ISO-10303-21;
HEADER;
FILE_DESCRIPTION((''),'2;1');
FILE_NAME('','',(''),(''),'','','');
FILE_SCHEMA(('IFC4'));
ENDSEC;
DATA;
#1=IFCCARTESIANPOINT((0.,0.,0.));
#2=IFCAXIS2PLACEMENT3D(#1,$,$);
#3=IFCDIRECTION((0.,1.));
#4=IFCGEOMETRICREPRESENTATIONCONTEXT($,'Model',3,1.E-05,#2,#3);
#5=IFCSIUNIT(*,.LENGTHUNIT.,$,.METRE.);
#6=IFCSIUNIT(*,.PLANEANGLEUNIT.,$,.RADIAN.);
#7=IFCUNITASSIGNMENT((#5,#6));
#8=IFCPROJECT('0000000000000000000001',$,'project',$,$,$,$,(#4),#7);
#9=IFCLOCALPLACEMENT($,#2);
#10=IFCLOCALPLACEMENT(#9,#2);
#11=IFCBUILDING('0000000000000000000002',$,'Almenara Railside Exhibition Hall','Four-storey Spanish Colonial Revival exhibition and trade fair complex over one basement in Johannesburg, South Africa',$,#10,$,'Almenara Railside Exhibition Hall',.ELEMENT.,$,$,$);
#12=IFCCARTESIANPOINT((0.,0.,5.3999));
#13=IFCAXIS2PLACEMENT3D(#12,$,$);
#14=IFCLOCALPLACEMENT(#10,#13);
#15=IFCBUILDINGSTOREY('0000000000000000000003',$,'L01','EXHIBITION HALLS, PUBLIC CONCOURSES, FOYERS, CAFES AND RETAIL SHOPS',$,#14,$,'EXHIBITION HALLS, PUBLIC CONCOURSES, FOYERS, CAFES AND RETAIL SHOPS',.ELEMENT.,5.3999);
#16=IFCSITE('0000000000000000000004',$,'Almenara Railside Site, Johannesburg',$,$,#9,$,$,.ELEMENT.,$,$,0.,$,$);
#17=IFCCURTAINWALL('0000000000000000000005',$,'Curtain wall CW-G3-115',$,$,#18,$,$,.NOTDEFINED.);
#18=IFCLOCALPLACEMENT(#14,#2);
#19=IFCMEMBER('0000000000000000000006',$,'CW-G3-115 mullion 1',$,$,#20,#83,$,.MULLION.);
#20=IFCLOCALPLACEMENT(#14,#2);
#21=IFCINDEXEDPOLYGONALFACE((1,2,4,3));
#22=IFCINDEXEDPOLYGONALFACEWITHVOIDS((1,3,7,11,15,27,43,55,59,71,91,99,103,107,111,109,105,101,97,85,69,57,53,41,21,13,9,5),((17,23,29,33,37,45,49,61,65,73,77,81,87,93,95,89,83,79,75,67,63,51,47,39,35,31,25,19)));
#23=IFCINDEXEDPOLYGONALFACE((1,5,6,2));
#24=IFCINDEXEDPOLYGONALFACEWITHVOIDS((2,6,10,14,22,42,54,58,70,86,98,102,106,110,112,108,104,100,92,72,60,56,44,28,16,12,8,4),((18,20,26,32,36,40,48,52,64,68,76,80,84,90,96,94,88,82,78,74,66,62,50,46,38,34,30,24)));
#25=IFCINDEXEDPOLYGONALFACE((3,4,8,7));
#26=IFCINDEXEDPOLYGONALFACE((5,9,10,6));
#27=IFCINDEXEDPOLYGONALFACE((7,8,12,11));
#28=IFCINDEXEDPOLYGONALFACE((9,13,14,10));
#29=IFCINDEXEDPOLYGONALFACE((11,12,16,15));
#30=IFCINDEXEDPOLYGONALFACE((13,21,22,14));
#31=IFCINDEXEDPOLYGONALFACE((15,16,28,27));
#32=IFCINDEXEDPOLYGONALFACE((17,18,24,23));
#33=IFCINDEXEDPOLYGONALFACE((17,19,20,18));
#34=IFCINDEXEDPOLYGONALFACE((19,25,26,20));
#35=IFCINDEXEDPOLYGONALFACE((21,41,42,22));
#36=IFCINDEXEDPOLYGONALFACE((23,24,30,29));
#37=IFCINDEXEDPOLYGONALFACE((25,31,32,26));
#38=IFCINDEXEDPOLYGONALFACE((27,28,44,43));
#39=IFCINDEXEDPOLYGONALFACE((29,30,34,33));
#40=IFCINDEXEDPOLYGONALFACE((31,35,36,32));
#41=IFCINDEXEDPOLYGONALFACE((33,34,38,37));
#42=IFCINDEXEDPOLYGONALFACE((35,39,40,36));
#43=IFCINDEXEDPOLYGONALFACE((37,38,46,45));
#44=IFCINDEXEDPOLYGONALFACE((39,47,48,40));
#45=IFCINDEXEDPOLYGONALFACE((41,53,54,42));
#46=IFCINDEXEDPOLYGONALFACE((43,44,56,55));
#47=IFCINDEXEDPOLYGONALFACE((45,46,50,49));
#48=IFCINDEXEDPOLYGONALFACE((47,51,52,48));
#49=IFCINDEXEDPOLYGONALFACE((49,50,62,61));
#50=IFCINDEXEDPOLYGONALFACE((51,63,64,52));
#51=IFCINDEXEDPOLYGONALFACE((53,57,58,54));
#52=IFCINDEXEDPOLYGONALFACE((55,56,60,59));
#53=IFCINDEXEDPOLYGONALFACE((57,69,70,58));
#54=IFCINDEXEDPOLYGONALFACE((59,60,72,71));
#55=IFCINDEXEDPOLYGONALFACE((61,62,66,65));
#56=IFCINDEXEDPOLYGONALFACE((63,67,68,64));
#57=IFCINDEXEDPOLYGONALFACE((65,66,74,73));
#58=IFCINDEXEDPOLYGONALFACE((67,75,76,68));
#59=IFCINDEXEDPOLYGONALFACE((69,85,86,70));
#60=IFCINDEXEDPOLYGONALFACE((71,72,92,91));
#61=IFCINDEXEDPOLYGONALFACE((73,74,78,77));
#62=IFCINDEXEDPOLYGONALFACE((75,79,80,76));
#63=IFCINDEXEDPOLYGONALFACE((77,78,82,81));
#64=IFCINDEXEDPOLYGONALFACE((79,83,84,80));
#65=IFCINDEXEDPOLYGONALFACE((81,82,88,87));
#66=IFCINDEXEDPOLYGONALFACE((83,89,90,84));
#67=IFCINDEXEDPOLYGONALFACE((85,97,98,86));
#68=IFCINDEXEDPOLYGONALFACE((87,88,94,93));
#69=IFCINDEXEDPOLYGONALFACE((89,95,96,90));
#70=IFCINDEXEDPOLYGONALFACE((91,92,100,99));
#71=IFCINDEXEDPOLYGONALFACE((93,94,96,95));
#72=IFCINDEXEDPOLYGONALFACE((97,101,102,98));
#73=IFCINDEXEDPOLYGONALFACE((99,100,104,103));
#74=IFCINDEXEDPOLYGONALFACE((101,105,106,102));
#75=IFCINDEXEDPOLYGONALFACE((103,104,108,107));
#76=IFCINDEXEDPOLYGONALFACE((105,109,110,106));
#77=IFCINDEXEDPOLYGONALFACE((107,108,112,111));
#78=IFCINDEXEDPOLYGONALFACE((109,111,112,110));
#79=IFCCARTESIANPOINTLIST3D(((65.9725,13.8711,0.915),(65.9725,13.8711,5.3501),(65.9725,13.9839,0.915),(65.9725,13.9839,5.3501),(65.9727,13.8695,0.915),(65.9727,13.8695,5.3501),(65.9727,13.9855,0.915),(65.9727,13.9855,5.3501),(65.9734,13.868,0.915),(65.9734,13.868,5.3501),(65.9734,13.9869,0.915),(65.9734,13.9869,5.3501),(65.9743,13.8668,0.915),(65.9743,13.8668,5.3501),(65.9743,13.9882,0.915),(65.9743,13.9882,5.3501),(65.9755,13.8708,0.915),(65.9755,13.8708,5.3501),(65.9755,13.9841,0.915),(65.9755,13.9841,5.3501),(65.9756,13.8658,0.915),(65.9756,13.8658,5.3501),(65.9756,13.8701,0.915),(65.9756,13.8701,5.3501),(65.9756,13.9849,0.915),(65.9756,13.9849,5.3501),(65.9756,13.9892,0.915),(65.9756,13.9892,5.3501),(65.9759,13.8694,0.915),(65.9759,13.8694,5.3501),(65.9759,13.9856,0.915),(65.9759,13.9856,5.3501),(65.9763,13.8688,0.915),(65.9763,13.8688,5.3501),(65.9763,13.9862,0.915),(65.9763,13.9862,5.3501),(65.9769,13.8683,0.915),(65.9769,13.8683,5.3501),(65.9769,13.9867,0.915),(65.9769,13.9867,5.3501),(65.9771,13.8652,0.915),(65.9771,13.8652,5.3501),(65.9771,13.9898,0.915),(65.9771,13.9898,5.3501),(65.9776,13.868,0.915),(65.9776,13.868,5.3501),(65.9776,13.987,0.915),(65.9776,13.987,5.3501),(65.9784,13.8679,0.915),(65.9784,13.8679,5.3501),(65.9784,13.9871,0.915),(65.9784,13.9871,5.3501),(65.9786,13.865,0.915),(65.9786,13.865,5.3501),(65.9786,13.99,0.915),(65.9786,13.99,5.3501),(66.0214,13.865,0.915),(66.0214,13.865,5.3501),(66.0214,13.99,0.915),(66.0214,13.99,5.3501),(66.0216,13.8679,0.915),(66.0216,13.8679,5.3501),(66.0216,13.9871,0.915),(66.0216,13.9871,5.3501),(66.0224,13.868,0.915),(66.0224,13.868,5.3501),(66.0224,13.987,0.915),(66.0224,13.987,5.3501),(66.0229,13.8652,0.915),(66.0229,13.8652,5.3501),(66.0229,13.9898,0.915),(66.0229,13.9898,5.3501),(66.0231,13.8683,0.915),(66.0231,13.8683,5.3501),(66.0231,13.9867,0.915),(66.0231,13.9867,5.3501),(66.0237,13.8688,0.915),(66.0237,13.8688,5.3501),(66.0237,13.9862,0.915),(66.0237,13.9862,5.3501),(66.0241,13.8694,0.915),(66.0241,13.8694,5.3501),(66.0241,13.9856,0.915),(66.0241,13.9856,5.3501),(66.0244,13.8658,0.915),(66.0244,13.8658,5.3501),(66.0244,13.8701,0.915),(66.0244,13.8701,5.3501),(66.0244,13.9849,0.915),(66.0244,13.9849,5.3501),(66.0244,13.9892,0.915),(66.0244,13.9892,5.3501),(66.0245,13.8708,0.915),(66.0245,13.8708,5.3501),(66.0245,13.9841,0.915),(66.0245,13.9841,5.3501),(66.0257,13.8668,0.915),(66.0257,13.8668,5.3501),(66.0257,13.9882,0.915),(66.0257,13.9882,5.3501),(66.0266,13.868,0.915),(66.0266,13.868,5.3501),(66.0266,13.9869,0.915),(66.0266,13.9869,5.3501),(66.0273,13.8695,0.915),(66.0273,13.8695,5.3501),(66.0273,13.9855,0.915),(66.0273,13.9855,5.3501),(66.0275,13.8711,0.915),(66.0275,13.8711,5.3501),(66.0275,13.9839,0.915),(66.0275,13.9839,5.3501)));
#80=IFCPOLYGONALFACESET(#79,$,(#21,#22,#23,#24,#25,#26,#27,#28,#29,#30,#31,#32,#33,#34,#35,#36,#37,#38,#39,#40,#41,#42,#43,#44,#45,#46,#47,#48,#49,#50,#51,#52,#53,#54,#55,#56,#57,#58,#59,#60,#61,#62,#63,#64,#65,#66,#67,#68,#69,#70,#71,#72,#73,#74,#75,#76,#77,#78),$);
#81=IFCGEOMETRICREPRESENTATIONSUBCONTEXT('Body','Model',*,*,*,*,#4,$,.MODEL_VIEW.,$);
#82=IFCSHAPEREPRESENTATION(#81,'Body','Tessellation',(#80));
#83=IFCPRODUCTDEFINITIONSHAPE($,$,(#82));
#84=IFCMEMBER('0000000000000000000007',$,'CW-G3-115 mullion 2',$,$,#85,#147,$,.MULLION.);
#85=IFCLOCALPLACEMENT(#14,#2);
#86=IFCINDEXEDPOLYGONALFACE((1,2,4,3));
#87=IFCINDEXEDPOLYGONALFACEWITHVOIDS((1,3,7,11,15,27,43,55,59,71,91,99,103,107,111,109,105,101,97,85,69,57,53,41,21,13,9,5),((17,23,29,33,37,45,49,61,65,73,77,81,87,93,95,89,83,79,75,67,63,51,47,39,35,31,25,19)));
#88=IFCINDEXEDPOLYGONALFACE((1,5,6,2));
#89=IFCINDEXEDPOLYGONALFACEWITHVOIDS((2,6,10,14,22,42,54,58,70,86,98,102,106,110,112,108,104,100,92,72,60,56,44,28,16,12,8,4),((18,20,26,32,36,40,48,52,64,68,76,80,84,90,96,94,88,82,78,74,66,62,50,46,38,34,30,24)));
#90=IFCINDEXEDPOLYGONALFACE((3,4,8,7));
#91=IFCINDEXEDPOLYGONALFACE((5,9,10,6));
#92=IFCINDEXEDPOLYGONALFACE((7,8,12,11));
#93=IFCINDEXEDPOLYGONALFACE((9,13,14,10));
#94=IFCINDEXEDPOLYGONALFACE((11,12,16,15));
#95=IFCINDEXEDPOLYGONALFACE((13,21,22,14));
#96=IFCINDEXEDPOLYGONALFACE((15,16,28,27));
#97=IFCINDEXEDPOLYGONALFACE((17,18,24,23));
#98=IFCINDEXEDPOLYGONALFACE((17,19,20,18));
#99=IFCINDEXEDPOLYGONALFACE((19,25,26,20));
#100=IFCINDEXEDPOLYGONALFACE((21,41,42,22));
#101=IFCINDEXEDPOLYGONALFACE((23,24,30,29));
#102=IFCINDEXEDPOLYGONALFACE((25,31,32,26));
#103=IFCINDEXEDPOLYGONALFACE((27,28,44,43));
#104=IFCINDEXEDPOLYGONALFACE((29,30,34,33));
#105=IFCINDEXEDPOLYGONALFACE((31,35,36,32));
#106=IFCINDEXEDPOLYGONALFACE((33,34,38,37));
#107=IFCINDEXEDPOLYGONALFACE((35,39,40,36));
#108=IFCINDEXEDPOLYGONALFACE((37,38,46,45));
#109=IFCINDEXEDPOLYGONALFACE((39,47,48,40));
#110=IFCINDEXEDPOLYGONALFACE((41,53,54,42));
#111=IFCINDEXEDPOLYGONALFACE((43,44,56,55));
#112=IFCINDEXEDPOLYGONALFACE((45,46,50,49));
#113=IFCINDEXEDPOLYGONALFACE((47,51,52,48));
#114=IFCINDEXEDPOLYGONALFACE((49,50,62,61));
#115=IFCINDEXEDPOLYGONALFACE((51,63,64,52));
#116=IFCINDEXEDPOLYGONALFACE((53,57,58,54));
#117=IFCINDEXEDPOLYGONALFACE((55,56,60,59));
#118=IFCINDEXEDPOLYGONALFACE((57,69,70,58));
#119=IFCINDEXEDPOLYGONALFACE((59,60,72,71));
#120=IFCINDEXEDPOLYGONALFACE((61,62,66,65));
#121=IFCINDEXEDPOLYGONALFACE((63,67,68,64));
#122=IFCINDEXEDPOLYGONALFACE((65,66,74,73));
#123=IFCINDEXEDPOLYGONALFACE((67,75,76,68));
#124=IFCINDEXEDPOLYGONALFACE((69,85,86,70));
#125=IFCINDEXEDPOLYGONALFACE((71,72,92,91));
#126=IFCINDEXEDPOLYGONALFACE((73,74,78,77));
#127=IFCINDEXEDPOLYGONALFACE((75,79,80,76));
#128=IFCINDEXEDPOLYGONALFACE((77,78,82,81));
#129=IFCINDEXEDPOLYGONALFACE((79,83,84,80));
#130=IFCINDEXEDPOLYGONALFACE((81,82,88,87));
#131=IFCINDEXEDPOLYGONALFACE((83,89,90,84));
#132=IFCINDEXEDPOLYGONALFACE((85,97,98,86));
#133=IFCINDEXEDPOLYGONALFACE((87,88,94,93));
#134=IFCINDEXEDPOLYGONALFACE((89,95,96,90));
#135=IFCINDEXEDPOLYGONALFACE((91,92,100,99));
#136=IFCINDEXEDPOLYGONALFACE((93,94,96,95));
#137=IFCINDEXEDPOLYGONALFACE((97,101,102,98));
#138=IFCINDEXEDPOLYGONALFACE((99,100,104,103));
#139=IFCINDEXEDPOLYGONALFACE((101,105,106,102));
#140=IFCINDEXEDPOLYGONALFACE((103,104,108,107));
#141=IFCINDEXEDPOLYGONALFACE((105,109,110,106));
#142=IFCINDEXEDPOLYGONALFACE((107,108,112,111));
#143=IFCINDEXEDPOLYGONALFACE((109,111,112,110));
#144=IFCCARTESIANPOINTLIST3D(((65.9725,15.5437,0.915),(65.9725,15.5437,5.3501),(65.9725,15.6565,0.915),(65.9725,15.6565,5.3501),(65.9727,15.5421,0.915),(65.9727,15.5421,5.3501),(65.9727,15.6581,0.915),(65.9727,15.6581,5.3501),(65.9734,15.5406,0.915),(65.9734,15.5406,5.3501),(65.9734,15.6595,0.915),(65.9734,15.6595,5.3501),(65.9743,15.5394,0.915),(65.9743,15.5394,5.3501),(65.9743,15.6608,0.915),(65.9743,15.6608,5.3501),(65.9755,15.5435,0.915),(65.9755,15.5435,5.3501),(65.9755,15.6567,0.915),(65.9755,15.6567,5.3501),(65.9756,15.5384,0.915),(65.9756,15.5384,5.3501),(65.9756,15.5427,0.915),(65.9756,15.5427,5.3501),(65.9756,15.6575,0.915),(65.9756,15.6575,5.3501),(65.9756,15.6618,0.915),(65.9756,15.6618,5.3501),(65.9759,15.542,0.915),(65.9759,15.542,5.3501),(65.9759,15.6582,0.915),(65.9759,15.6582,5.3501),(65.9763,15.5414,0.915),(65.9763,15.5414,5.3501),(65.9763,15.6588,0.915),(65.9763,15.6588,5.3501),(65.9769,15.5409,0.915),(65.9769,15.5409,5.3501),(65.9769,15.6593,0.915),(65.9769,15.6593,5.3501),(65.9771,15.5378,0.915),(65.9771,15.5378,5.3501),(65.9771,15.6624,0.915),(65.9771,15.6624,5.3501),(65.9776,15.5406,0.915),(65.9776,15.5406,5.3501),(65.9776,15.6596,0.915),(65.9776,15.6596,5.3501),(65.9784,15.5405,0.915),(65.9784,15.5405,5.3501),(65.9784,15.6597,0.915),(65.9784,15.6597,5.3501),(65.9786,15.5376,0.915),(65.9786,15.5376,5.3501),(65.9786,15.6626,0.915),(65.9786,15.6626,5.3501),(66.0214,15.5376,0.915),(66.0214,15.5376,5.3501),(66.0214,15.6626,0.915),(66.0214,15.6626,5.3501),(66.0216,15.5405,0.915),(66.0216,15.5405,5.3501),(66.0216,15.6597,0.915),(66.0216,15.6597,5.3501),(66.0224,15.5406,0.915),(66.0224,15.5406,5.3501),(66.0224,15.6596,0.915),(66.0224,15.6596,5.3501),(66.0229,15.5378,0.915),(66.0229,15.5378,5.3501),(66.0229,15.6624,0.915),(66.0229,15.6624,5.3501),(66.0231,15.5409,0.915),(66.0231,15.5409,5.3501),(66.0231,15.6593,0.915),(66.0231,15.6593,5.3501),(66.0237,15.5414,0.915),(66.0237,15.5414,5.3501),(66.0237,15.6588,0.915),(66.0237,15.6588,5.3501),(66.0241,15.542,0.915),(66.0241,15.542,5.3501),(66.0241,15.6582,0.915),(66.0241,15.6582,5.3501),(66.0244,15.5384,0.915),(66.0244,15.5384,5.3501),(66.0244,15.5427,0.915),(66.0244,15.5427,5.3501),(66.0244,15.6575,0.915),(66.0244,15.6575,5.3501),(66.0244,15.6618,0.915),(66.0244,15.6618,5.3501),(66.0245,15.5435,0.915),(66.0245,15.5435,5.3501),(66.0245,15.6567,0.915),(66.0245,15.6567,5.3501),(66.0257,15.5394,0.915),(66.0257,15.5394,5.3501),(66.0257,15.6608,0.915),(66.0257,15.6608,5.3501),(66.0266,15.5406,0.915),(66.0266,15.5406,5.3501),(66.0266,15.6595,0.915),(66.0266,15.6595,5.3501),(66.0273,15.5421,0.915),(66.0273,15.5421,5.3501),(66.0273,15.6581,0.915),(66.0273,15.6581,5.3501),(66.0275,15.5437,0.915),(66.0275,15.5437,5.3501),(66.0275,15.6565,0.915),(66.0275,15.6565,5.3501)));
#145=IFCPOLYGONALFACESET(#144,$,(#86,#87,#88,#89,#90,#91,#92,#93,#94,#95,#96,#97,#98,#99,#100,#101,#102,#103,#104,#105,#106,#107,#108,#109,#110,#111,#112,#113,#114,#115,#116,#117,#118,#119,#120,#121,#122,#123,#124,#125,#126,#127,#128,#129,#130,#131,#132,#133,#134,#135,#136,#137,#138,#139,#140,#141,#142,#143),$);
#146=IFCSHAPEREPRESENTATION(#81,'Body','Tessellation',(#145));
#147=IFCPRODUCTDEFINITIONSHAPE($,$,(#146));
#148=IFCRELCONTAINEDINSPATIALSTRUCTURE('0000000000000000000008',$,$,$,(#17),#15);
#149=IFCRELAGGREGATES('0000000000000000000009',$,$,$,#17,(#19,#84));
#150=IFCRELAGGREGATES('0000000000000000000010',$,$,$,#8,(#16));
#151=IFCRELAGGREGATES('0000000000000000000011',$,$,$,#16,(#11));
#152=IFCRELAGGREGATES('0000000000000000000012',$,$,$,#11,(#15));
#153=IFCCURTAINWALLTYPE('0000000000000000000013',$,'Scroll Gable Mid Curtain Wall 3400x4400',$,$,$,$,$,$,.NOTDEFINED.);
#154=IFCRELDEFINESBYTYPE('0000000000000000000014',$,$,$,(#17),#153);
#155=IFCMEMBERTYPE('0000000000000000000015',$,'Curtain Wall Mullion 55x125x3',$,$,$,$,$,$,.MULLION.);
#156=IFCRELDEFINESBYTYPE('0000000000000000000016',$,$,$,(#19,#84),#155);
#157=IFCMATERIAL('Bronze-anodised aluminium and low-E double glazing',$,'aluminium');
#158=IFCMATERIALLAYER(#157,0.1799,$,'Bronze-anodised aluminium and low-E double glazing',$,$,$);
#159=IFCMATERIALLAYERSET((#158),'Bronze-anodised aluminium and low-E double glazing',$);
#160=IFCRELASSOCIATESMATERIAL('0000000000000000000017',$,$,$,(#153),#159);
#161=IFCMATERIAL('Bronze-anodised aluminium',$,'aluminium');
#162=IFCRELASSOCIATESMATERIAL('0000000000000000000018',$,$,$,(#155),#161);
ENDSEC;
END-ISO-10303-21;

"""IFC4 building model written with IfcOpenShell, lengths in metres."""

from ifc_helpers import new_model, si_unit, direction, frame, origin, origin_2d, place, context, subcontext, project, spatial, hollow_rectangle, extrude, material, layer, layer_set, material_profile, profile_set, type_object, element, aggregate, save


model = new_model("IFC4")

# Units and contexts
model_context = context("Model", 3, precision=1e-05, world=origin(), true_north=direction((0.0, 1.0)))
body_context = subcontext(model_context, "Body", "Model", "MODEL_VIEW")
ifc_project = project(units=[si_unit("LENGTHUNIT", "METRE"), si_unit("PLANEANGLEUNIT", "RADIAN")], contexts=[model_context])

# Site, building, storey
site_placement = place(None, origin())
site = spatial("IfcSite", under=ifc_project, at=site_placement, Name="Almenara Railside Site, Johannesburg", CompositionType="ELEMENT", RefElevation=0.0)
building_placement = place(site_placement, origin())
building = spatial("IfcBuilding", under=site, at=building_placement, Name="Almenara Railside Exhibition Hall", Description="Four-storey Spanish Colonial Revival exhibition and trade fair complex over one basement in Johannesburg, South Africa", LongName="Almenara Railside Exhibition Hall", CompositionType="ELEMENT")
storey_placement = place(building_placement, frame((0.0, 0.0, 5.3999)))
storey = spatial("IfcBuildingStorey", under=building, at=storey_placement, Name="L01", Description="EXHIBITION HALLS, PUBLIC CONCOURSES, FOYERS, CAFES AND RETAIL SHOPS", LongName="EXHIBITION HALLS, PUBLIC CONCOURSES, FOYERS, CAFES AND RETAIL SHOPS", CompositionType="ELEMENT", Elevation=5.3999)

# Curtain wall, members
ifc_material_1 = material(Name="Bronze-anodised aluminium and low-E double glazing", Category="aluminium")
ifc_layer_1 = layer(ifc_material_1, 0.1799, Name="Bronze-anodised aluminium and low-E double glazing")
ifc_layer_set_1 = layer_set([ifc_layer_1], Name="Bronze-anodised aluminium and low-E double glazing")
curtain_wall_type_1 = type_object("IfcCurtainWallType", Name="Scroll Gable Mid Curtain Wall 3400x4400", PredefinedType="NOTDEFINED", material=ifc_layer_set_1)
curtain_wall_1_placement = place(storey_placement, origin())
curtain_wall_1 = element("IfcCurtainWall", 1, at=curtain_wall_1_placement, inside=storey, type_object=curtain_wall_type_1, Name="Curtain wall CW-G3-115", PredefinedType="NOTDEFINED")
ifc_material_2 = material(Name="Bronze-anodised aluminium", Category="aluminium")
ifc_material_profile_1 = material_profile(ifc_material_2, hollow_rectangle(XDim=0.0549, YDim=0.125, WallThickness=0.0029, InnerFilletRadius=0.0029, OuterFilletRadius=0.0061, at=origin_2d()), Name="ALU-MUL 55x125x3")
ifc_profile_set_1 = profile_set([ifc_material_profile_1], Name="Bronze-anodised aluminium")
member_type_1 = type_object("IfcMemberType", Name="Curtain Wall Mullion 55x125x3", PredefinedType="MULLION", material=ifc_profile_set_1)
member_1_placement = place(storey_placement, frame((66.0, 13.9275, 0.915), z_axis=(0.0, 0.0, 1.0), x_axis=(-1.0, 0.0, 0.0)))
member_1 = element("IfcMember", 2, at=member_1_placement, type_object=member_type_1, Name="CW-G3-115 mullion 1", PredefinedType="MULLION", context=body_context, shape_type="SweptSolid", body=[
    extrude(hollow_rectangle(XDim=0.0549, YDim=0.125, WallThickness=0.0029, InnerFilletRadius=0.0029, OuterFilletRadius=0.0061, at=origin_2d()), origin(), (0.0, 0.0, 1.0), 4.4351),
])
member_2_placement = place(storey_placement, frame((66.0, 15.6001, 0.915), z_axis=(0.0, 0.0, 1.0), x_axis=(-1.0, 0.0, 0.0)))
member_2 = element("IfcMember", 3, at=member_2_placement, type_object=member_type_1, Name="CW-G3-115 mullion 2", PredefinedType="MULLION", context=body_context, shape_type="SweptSolid", body=[
    extrude(hollow_rectangle(XDim=0.0549, YDim=0.125, WallThickness=0.0029, InnerFilletRadius=0.0029, OuterFilletRadius=0.0061, at=origin_2d()), origin(), (0.0, 0.0, 1.0), 4.4351),
])

aggregate(curtain_wall_1, [member_1, member_2])

save(model, "model.ifc")
